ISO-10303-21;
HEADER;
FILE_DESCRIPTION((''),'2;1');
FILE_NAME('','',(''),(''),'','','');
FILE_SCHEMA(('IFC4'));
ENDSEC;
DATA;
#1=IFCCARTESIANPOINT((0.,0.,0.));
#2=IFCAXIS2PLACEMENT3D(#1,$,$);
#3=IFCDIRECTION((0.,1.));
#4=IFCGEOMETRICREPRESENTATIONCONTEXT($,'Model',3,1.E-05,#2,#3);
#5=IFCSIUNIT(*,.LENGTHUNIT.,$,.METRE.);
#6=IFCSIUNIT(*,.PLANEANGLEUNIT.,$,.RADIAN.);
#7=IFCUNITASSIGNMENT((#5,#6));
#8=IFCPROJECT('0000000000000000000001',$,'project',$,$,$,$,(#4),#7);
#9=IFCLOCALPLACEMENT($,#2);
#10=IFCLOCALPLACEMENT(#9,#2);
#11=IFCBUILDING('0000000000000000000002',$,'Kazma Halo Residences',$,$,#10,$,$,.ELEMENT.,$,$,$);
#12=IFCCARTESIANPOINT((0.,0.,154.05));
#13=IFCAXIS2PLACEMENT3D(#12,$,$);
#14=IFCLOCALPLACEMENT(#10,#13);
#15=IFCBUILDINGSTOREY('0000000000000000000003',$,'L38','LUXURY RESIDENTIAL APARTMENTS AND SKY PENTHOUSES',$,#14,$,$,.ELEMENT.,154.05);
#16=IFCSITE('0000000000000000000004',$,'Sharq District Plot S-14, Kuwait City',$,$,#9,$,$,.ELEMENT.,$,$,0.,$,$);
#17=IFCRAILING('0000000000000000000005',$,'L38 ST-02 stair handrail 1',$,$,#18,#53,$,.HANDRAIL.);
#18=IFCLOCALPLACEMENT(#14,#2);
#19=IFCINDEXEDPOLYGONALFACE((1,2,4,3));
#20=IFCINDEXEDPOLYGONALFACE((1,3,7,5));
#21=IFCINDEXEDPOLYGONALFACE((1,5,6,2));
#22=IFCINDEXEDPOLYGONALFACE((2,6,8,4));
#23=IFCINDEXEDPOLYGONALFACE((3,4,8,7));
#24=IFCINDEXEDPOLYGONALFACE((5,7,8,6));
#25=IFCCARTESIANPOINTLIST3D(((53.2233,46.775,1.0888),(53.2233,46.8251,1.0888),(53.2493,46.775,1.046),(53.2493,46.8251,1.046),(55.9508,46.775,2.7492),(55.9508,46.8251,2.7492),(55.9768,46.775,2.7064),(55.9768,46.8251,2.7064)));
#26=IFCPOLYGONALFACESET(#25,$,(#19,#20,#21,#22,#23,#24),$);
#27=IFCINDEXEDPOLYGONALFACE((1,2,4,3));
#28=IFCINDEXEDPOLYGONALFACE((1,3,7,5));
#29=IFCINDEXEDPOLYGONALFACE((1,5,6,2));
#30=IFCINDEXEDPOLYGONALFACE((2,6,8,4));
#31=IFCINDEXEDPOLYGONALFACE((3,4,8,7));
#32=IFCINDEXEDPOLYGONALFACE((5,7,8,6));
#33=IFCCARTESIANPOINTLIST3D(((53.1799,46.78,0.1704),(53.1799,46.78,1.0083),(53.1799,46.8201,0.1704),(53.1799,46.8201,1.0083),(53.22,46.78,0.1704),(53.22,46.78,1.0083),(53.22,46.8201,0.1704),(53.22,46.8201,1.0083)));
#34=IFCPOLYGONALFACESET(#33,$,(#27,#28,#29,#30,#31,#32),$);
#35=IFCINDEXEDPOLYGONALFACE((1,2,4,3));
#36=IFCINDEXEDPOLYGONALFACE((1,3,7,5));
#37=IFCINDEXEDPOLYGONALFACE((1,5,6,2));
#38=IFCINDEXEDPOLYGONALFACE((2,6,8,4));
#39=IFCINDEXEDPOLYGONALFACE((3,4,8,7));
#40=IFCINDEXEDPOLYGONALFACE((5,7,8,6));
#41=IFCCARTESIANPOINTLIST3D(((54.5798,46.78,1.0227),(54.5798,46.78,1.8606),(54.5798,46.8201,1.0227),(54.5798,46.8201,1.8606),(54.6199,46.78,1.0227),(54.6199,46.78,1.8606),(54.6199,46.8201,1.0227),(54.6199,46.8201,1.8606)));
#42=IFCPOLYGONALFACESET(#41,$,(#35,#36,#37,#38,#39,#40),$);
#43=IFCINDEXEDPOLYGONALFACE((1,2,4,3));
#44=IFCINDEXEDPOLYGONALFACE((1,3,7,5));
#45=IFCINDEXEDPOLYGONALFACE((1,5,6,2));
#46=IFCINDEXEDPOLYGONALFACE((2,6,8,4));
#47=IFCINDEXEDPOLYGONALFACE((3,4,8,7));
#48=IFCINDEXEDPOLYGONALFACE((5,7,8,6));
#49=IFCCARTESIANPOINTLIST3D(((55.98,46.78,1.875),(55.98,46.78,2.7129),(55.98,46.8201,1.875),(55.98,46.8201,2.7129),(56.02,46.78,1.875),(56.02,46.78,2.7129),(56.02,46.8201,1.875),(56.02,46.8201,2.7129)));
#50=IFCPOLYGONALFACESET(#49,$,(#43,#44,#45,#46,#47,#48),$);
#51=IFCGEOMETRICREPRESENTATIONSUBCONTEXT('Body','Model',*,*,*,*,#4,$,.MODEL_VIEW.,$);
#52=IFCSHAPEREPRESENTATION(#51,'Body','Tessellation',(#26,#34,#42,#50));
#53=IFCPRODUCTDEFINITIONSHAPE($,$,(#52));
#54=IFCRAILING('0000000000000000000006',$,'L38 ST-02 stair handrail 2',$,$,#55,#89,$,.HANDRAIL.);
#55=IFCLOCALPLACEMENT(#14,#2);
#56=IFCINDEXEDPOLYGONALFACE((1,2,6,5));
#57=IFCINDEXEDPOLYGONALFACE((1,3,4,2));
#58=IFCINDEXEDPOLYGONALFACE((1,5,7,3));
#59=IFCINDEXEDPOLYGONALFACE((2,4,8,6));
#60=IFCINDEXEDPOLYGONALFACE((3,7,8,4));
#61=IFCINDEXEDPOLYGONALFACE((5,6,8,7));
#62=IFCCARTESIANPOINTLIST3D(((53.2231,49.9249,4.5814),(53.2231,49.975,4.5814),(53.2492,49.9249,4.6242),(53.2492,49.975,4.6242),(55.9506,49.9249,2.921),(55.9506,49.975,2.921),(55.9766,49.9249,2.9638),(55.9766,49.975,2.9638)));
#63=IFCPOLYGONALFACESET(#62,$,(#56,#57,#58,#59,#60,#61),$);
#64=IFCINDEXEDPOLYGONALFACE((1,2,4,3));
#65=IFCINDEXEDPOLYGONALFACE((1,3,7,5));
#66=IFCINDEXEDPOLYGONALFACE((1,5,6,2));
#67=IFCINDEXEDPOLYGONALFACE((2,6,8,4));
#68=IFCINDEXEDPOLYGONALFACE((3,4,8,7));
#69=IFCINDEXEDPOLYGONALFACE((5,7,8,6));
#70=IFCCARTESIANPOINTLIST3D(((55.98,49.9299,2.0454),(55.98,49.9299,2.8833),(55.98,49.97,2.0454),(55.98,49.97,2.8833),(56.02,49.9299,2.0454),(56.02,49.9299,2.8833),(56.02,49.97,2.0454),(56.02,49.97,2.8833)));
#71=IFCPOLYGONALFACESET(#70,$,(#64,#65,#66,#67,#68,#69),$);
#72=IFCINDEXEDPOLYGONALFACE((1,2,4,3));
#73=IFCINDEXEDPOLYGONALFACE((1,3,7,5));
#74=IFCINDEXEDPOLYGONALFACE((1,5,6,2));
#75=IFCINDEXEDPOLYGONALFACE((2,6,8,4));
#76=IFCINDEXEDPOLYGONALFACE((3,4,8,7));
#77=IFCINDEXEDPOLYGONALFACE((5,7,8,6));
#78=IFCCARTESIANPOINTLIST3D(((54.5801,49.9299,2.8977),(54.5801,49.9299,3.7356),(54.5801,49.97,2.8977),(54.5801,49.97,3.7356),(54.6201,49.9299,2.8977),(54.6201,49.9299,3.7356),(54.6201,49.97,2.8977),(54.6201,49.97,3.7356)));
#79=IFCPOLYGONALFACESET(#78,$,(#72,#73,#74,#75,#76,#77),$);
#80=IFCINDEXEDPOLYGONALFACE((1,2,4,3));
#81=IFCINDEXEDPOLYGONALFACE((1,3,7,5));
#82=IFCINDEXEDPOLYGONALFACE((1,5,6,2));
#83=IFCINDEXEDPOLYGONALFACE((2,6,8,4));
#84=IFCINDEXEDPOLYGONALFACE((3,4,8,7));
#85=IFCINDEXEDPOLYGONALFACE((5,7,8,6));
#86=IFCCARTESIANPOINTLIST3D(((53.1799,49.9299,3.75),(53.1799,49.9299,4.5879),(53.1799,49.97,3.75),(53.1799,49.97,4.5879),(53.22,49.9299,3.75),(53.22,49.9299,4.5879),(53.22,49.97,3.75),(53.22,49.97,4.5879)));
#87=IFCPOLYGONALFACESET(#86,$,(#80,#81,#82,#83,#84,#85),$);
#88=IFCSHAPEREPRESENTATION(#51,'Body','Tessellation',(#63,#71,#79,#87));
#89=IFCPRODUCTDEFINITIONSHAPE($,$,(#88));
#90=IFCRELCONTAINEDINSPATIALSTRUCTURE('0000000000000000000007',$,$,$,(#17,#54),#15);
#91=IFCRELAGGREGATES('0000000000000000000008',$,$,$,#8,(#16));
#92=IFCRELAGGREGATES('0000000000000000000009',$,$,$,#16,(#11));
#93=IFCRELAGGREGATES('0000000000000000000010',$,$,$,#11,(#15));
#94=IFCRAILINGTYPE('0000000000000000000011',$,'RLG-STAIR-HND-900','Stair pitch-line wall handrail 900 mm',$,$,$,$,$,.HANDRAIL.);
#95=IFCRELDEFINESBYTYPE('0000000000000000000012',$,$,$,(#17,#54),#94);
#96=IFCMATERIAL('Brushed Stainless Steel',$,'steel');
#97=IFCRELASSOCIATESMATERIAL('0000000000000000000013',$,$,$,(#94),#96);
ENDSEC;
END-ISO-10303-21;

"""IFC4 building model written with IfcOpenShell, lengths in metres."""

from ifc_helpers import new_model, si_unit, direction, frame, origin, origin_2d, place, context, subcontext, project, spatial, rectangle, extrude, material, type_object, element, save


model = new_model("IFC4")

# Units and contexts
model_context = context("Model", 3, precision=1e-05, world=origin(), true_north=direction((0.0, 1.0)))
body_context = subcontext(model_context, "Body", "Model", "MODEL_VIEW")
ifc_project = project(units=[si_unit("LENGTHUNIT", "METRE"), si_unit("PLANEANGLEUNIT", "RADIAN")], contexts=[model_context])

# Site, building, storey
site_placement = place(None, origin())
site = spatial("IfcSite", under=ifc_project, at=site_placement, Name="Sharq District Plot S-14, Kuwait City", CompositionType="ELEMENT", RefElevation=0.0)
building_placement = place(site_placement, origin())
building = spatial("IfcBuilding", under=site, at=building_placement, Name="Kazma Halo Residences", CompositionType="ELEMENT")
storey_placement = place(building_placement, frame((0.0, 0.0, 154.05)))
storey = spatial("IfcBuildingStorey", under=building, at=storey_placement, Name="L38", Description="LUXURY RESIDENTIAL APARTMENTS AND SKY PENTHOUSES", CompositionType="ELEMENT", Elevation=154.05)

# Railings
ifc_material_1 = material(Name="Brushed Stainless Steel", Category="steel")
railing_type_1 = type_object("IfcRailingType", Name="RLG-STAIR-HND-900", Description="Stair pitch-line wall handrail 900 mm", PredefinedType="HANDRAIL", material=ifc_material_1)
railing_1_placement = place(storey_placement, frame((53.2, 46.8, 0.1704)))
element("IfcRailing", 1, at=railing_1_placement, inside=storey, type_object=railing_type_1, Name="L38 ST-02 stair handrail 1", PredefinedType="HANDRAIL", context=body_context, shape_type="SweptSolid", body=[
    extrude(rectangle(XDim=0.05, YDim=0.05, at=origin_2d()), frame((0.0364, 0.0, 0.897), z_axis=(0.85417, 0.0, 0.519994), x_axis=(0.0, 1.0, 0.0)), (0.0, 0.0, 1.0), 3.1931),
    extrude(rectangle(XDim=0.04, YDim=0.04, at=origin_2d()), origin(), (0.0, 0.0, 1.0), 0.8379),
    extrude(rectangle(XDim=0.04, YDim=0.04, at=origin_2d()), frame((1.3999, 0.0, 0.8523)), (0.0, 0.0, 1.0), 0.8379),
    extrude(rectangle(XDim=0.04, YDim=0.04, at=origin_2d()), frame((2.8, 0.0, 1.7046)), (0.0, 0.0, 1.0), 0.8379),
])
railing_2_placement = place(storey_placement, frame((56.0, 49.95, 2.0454)))
element("IfcRailing", 2, at=railing_2_placement, inside=storey, type_object=railing_type_1, Name="L38 ST-02 stair handrail 2", PredefinedType="HANDRAIL", context=body_context, shape_type="SweptSolid", body=[
    extrude(rectangle(XDim=0.05, YDim=0.05, at=origin_2d()), frame((-0.0364, 0.0, 0.897), z_axis=(-0.85417, 0.0, 0.519994), x_axis=(0.0, -1.0, 0.0)), (0.0, 0.0, 1.0), 3.1931),
    extrude(rectangle(XDim=0.04, YDim=0.04, at=origin_2d()), origin(), (0.0, 0.0, 1.0), 0.8379),
    extrude(rectangle(XDim=0.04, YDim=0.04, at=origin_2d()), frame((-1.3999, 0.0, 0.8523)), (0.0, 0.0, 1.0), 0.8379),
    extrude(rectangle(XDim=0.04, YDim=0.04, at=origin_2d()), frame((-2.8, 0.0, 1.7046)), (0.0, 0.0, 1.0), 0.8379),
])

save(model, "model.ifc")
